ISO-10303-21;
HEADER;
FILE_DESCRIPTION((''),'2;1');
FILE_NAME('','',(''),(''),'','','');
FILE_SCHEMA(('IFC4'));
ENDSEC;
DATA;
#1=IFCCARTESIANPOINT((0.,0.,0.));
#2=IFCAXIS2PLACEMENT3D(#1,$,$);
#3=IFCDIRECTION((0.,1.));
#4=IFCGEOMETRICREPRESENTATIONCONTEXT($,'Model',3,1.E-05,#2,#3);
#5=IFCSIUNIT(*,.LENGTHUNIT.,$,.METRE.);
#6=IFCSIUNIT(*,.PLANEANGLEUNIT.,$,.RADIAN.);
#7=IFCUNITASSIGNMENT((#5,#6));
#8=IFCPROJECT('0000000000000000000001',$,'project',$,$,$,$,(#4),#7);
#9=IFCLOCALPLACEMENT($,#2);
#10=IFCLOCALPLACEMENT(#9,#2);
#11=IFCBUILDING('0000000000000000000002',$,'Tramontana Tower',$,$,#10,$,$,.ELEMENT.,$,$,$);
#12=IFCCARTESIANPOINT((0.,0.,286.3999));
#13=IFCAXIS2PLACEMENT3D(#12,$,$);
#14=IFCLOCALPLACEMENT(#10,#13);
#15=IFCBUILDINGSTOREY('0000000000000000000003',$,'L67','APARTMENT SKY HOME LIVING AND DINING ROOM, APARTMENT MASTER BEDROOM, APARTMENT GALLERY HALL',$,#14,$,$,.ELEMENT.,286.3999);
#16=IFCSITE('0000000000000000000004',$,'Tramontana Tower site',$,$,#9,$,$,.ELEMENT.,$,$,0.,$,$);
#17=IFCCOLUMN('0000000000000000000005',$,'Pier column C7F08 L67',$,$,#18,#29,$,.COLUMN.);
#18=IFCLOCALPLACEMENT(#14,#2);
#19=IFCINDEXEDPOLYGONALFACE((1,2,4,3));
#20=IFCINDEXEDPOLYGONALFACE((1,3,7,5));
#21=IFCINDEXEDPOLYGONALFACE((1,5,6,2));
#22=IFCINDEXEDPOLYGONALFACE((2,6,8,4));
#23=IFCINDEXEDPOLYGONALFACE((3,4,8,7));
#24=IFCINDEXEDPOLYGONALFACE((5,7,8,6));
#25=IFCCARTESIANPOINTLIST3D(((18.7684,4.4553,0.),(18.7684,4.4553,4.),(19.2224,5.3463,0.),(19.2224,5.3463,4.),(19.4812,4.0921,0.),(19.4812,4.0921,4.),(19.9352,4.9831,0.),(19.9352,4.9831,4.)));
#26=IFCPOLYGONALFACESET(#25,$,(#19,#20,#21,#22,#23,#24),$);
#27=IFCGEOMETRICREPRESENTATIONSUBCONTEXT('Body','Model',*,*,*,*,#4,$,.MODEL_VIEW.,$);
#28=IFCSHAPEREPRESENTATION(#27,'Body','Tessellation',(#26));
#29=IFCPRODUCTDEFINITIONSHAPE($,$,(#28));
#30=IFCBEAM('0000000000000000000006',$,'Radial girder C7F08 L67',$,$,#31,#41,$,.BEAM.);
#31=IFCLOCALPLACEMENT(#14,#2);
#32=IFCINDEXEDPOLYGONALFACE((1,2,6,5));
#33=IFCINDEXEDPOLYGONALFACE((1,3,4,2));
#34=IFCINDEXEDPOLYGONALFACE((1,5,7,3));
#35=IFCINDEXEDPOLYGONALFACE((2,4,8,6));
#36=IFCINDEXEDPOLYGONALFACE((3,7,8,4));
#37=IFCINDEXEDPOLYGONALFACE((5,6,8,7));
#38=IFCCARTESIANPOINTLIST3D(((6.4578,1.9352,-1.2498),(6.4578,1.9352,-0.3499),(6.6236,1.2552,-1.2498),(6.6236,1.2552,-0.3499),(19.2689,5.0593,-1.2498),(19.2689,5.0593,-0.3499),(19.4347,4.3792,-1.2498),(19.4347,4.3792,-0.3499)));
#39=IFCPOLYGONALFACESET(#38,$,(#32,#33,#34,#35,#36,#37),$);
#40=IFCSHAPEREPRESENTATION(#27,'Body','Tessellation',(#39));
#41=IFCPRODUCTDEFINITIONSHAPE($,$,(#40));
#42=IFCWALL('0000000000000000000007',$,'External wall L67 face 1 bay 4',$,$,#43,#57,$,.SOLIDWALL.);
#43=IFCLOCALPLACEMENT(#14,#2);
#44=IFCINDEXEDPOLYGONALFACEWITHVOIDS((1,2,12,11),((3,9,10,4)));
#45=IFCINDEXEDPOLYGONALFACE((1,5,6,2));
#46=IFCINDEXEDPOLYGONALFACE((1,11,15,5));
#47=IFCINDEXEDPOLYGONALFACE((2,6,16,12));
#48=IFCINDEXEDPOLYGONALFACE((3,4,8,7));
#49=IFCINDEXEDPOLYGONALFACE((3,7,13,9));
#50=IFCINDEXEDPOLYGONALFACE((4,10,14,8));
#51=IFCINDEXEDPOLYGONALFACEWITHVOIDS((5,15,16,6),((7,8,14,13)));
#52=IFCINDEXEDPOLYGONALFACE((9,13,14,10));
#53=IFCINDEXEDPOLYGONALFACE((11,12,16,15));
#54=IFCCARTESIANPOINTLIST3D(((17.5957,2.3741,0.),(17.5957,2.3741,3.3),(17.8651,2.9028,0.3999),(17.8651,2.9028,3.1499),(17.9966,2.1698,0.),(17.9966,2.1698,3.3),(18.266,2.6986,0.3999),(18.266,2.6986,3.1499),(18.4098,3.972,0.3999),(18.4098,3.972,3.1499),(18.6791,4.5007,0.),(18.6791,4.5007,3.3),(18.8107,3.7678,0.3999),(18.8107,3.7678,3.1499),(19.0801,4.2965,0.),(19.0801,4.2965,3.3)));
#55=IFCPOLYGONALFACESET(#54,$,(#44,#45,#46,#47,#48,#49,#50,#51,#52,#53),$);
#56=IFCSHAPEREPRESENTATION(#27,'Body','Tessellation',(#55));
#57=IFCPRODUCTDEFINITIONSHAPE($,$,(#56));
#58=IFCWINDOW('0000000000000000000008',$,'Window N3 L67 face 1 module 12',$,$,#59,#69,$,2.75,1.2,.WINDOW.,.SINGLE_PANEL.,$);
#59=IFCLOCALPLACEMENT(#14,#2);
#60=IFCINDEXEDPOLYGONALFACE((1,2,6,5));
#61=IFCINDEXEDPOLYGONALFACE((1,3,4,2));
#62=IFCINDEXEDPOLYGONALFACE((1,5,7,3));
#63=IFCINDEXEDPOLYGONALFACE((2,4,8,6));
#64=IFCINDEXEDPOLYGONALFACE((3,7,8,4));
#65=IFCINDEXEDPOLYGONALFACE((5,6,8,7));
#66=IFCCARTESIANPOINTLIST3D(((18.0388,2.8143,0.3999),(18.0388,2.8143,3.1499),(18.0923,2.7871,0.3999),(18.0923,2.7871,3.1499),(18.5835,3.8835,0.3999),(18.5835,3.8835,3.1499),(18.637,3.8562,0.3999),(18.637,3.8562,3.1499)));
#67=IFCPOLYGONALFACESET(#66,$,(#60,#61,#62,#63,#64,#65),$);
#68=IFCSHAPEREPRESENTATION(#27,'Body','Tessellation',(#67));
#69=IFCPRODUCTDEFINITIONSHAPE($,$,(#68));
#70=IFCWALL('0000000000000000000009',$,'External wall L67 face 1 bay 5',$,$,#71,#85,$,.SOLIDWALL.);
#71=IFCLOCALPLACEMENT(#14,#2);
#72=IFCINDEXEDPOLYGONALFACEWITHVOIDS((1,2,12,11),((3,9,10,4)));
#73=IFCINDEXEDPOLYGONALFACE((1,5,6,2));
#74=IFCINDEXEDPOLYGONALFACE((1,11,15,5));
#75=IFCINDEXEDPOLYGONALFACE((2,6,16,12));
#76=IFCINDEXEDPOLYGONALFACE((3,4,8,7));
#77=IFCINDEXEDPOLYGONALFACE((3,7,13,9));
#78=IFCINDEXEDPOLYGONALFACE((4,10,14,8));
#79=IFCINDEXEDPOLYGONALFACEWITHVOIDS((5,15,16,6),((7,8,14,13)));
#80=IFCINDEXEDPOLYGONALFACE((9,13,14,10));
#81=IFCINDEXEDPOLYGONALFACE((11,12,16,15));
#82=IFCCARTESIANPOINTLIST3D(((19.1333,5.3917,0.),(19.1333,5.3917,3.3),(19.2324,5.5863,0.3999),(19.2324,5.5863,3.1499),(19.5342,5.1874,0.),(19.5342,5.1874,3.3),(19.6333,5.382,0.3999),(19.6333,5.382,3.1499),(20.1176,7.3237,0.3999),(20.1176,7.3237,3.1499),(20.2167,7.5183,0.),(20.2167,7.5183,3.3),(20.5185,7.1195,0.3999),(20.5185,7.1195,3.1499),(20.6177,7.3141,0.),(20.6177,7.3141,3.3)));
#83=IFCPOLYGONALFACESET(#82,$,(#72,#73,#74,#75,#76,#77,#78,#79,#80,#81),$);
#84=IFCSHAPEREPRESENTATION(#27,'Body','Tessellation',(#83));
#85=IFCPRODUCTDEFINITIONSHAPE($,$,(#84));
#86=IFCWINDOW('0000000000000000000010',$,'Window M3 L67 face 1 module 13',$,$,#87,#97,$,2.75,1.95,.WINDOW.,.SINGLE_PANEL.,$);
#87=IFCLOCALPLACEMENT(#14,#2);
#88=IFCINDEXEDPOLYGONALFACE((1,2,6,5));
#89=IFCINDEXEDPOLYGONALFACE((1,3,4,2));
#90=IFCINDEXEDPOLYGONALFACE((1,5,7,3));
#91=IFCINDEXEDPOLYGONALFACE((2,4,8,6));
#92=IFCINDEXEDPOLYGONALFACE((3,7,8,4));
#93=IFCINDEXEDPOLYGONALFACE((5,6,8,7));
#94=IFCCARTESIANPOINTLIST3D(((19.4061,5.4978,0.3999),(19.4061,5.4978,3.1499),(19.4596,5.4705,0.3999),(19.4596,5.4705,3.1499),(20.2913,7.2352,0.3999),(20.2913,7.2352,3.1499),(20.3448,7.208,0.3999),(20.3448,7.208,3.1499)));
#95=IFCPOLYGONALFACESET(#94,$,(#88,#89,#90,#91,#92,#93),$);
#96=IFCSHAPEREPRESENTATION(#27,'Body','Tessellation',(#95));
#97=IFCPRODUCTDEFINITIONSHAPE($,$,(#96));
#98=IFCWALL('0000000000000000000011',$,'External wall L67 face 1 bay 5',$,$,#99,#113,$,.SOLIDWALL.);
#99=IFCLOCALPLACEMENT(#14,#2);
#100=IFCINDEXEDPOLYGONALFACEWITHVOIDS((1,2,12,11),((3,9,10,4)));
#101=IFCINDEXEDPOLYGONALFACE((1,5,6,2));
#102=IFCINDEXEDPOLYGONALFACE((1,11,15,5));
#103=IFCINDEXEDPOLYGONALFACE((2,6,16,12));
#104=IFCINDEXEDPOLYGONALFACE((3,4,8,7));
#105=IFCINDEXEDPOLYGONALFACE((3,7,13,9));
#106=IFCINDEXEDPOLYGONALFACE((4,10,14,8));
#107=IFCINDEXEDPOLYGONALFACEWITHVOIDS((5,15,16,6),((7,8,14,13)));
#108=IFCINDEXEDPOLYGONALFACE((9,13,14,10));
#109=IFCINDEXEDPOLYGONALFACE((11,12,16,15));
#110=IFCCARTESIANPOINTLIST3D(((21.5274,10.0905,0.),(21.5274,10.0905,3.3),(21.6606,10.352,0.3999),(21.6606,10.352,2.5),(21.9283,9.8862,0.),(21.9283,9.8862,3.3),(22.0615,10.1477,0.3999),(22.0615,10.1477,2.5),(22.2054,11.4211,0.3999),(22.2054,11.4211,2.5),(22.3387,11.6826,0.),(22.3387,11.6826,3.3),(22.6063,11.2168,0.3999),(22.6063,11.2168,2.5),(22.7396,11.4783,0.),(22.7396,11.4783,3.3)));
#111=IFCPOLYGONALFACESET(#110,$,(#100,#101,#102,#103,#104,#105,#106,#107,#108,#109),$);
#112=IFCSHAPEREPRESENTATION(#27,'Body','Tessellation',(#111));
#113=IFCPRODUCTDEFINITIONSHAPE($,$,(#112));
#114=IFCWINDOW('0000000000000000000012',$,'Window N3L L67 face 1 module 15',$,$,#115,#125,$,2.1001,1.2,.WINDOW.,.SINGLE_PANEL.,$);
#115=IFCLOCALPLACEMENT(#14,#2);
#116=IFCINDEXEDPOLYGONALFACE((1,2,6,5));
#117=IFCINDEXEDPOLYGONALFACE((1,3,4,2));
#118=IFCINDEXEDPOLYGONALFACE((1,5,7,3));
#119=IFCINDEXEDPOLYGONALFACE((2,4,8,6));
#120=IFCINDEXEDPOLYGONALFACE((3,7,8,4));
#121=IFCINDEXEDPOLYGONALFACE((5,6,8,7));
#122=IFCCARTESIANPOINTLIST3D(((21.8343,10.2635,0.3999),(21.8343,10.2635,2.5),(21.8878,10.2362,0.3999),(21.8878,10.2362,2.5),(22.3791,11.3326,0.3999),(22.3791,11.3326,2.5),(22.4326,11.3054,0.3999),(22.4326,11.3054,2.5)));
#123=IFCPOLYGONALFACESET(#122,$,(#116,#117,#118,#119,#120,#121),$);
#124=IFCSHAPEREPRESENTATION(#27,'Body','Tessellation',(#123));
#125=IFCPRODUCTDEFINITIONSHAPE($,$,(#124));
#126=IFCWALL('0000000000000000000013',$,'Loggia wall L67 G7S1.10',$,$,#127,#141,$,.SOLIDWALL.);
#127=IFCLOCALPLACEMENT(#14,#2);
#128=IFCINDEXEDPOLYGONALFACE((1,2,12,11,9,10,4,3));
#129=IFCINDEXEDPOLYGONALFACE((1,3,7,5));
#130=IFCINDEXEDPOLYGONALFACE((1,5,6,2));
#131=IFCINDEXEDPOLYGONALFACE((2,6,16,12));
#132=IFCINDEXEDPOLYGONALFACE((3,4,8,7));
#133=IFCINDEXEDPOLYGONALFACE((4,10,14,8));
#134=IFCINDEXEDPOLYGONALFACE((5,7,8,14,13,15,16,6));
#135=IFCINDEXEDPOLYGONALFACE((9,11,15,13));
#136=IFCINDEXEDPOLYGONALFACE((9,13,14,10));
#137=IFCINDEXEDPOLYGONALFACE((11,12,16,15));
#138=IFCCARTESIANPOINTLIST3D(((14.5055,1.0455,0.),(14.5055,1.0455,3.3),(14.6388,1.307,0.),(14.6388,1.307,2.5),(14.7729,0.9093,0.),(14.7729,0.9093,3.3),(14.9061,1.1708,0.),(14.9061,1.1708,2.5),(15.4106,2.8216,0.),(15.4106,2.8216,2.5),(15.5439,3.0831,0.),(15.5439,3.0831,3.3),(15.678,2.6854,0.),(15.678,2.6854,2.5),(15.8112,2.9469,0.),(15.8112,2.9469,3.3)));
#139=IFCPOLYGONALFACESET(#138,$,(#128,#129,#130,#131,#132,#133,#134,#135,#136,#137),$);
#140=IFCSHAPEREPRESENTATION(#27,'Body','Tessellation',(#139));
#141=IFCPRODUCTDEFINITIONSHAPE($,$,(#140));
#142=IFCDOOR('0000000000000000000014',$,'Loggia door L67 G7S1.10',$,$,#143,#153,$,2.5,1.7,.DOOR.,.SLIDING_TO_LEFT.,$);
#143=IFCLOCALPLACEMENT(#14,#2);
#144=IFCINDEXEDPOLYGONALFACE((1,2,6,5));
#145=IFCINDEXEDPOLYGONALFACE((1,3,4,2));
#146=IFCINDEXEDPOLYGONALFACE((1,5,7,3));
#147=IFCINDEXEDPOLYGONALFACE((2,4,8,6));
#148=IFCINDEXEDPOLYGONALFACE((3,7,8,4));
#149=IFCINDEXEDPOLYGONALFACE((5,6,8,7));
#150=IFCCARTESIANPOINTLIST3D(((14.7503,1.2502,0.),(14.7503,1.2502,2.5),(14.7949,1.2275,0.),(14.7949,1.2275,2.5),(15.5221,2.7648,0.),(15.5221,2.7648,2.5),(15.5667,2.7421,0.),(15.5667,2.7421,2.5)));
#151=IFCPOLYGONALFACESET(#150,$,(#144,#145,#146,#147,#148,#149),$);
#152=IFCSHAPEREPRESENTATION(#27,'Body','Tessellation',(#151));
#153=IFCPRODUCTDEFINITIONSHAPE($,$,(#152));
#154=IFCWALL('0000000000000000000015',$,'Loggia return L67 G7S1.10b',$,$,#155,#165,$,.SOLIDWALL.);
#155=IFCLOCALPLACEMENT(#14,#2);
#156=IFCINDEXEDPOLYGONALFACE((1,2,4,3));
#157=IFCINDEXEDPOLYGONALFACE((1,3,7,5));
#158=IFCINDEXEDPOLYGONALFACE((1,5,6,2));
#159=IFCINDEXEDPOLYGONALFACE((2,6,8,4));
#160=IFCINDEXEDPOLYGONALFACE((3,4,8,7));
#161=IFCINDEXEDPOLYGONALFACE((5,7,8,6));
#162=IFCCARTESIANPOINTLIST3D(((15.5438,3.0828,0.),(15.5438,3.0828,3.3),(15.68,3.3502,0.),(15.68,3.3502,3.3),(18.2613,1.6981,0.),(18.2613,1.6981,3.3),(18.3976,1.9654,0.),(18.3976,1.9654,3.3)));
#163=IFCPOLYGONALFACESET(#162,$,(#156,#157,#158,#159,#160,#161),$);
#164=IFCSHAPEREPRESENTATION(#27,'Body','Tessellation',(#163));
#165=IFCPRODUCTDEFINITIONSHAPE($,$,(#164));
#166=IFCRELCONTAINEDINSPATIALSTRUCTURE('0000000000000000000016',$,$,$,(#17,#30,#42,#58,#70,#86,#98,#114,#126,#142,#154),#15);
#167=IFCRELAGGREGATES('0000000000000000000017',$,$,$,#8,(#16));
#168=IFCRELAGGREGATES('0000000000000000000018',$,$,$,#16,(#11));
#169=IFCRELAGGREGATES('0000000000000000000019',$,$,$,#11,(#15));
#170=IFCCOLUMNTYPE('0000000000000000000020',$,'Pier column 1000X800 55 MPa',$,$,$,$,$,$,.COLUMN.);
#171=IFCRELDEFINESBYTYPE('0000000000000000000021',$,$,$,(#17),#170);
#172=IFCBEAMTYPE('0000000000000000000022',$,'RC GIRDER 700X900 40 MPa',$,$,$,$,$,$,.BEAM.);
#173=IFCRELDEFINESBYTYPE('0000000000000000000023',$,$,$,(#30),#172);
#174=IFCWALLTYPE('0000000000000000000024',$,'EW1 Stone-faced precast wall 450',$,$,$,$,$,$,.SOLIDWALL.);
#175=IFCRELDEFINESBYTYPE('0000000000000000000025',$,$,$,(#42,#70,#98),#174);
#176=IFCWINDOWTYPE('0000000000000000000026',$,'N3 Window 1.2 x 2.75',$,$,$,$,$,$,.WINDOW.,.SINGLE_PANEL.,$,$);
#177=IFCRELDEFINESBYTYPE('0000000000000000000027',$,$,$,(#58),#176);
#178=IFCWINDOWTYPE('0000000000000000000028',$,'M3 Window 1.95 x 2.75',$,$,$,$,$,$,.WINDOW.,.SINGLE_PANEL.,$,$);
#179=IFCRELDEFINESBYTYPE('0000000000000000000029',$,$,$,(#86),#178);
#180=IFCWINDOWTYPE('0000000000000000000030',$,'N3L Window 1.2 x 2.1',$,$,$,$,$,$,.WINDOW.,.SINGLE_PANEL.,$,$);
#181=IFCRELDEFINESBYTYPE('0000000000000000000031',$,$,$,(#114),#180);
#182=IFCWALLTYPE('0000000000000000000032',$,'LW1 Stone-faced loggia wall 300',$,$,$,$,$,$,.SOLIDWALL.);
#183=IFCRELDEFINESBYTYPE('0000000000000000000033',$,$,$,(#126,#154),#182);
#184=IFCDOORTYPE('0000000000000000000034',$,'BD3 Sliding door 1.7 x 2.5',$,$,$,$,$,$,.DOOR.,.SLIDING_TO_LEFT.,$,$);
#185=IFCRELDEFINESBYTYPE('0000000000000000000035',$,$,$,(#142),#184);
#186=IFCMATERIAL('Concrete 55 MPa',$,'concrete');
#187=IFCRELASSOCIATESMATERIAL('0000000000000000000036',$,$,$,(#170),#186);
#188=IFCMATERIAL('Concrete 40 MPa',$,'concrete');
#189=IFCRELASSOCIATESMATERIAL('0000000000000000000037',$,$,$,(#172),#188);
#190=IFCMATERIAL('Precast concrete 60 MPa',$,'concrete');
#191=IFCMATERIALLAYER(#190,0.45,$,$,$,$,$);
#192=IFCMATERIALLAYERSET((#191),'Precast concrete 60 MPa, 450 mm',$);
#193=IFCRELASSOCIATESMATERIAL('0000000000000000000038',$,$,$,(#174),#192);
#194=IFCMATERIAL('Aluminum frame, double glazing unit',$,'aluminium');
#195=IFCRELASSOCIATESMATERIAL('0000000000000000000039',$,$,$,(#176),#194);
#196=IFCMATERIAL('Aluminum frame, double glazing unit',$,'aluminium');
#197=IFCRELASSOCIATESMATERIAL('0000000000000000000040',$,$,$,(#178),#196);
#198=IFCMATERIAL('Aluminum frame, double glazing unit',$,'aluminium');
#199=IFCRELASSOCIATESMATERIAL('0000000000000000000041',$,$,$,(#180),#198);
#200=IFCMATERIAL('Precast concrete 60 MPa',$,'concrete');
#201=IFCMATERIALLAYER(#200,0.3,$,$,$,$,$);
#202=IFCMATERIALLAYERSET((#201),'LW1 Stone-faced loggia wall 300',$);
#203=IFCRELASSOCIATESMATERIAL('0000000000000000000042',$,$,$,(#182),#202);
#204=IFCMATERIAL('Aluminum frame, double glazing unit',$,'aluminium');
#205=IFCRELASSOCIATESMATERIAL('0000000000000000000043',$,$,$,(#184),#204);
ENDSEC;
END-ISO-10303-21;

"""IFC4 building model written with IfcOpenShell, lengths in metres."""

from ifc_helpers import new_model, si_unit, direction, frame, frame_2d, origin, origin_2d, place, context, subcontext, project, spatial, rectangle, extrude, material, layer, layer_set, material_profile, profile_set, type_object, element, fill, save


model = new_model("IFC4")

# Units and contexts
model_context = context("Model", 3, precision=1e-05, world=origin(), true_north=direction((0.0, 1.0)))
body_context = subcontext(model_context, "Body", "Model", "MODEL_VIEW")
ifc_project = project(units=[si_unit("LENGTHUNIT", "METRE"), si_unit("PLANEANGLEUNIT", "RADIAN")], contexts=[model_context])

# Site, building, storey
site_placement = place(None, origin())
site = spatial("IfcSite", under=ifc_project, at=site_placement, Name="Tramontana Tower site", CompositionType="ELEMENT", RefElevation=0.0)
building_placement = place(site_placement, origin())
building = spatial("IfcBuilding", under=site, at=building_placement, Name="Tramontana Tower", CompositionType="ELEMENT")
storey_placement = place(building_placement, frame((0.0, 0.0, 286.3999)))
storey = spatial("IfcBuildingStorey", under=building, at=storey_placement, Name="L67", Description="APARTMENT SKY HOME LIVING AND DINING ROOM, APARTMENT MASTER BEDROOM, APARTMENT GALLERY HALL", CompositionType="ELEMENT", Elevation=286.3999)

# Column
ifc_material_1 = material(Name="Concrete 55 MPa", Category="concrete")
ifc_material_profile_1 = material_profile(ifc_material_1, rectangle(XDim=1.0, YDim=0.8, at=origin_2d()), Name="Pier column 1000X800 55 MPa")
ifc_profile_set_1 = profile_set([ifc_material_profile_1], Name="Concrete 55 MPa")
column_type = type_object("IfcColumnType", Name="Pier column 1000X800 55 MPa", PredefinedType="COLUMN", material=ifc_profile_set_1)
column_placement = place(storey_placement, frame((19.3518, 4.7192, 0.0), z_axis=(0.0, 0.0, 1.0), x_axis=(0.45399, 0.891007, 0.0)))
element("IfcColumn", 1, at=column_placement, inside=storey, type_object=column_type, Name="Pier column C7F08 L67", PredefinedType="COLUMN", context=body_context, shape_type="SweptSolid", body=[
    extrude(rectangle(XDim=1.0, YDim=0.8, at=origin_2d()), origin(), (0.0, 0.0, 1.0), 4.0),
])

# Beam
ifc_material_2 = material(Name="Concrete 40 MPa", Category="concrete")
ifc_material_profile_2 = material_profile(ifc_material_2, rectangle(XDim=0.7, YDim=0.8999, at=origin_2d()), Name="RC GIRDER 700X900 40 MPa")
ifc_profile_set_2 = profile_set([ifc_material_profile_2], Name="Concrete 40 MPa")
beam_type = type_object("IfcBeamType", Name="RC GIRDER 700X900 40 MPa", PredefinedType="BEAM", material=ifc_profile_set_2)
beam_placement = place(storey_placement, frame((19.3518, 4.7192, -0.7998), z_axis=(-0.971531, -0.236912, 0.0), x_axis=(0.236912, -0.971531, 0.0)))
element("IfcBeam", 2, at=beam_placement, inside=storey, type_object=beam_type, Name="Radial girder C7F08 L67", PredefinedType="BEAM", context=body_context, shape_type="SweptSolid", body=[
    extrude(rectangle(XDim=0.7, YDim=0.8999, at=origin_2d()), origin(), (0.0, 0.0, 1.0), 13.1865),
])

# Walls, openings, windows
ifc_material_3 = material(Name="Precast concrete 60 MPa", Category="concrete")
ifc_layer_1 = layer(ifc_material_3, 0.45)
ifc_layer_set_1 = layer_set([ifc_layer_1], Name="Precast concrete 60 MPa, 450 mm")
wall_type_1 = type_object("IfcWallType", Name="EW1 Stone-faced precast wall 450", PredefinedType="SOLIDWALL", material=ifc_layer_set_1)
wall_1_placement = place(storey_placement, frame((17.7961, 2.272, 0.0), z_axis=(0.0, 0.0, 1.0), x_axis=(0.453952, 0.891026, 0.0)))
wall_1 = element("IfcWall", 3, at=wall_1_placement, inside=storey, type_object=wall_type_1, Name="External wall L67 face 1 bay 4", PredefinedType="SOLIDWALL", context=body_context, shape_type="SweptSolid", body=[
    extrude(rectangle(XDim=2.3867, YDim=0.45, at=frame_2d((1.1934, 0.0))), origin(), (0.0, 0.0, 1.0), 3.3),
])
opening_1_placement = place(wall_1_placement, frame((0.5933, 0.0, 0.3999)))
opening_1 = element("IfcOpeningElement", 4, at=opening_1_placement, cuts=wall_1, PredefinedType="OPENING", context=body_context, shape_type="SweptSolid", body=[
    extrude(rectangle(XDim=1.2, YDim=2.75, at=frame_2d((0.6001, 1.375))), frame((0.0, 0.2349, 0.0), z_axis=(0.0, -1.0, 0.0), x_axis=(1.0, 0.0, 0.0)), (0.0, 0.0, 1.0), 0.47),
])
ifc_material_4 = material(Name="Aluminum frame, double glazing unit", Category="aluminium")
window_type_1 = type_object("IfcWindowType", Name="N3 Window 1.2 x 2.75", PartitioningType="SINGLE_PANEL", PredefinedType="WINDOW", material=ifc_material_4)
window_1_placement = place(opening_1_placement, origin())
window_1 = element("IfcWindow", 5, at=window_1_placement, inside=storey, type_object=window_type_1, Name="Window N3 L67 face 1 module 12", OverallHeight=2.75, OverallWidth=1.2, PartitioningType="SINGLE_PANEL", PredefinedType="WINDOW", context=body_context, shape_type="SweptSolid", body=[
    extrude(rectangle(XDim=1.2, YDim=2.75, at=frame_2d((0.6001, 1.375))), frame((0.0, 0.03, 0.0), z_axis=(0.0, -1.0, 0.0), x_axis=(1.0, 0.0, 0.0)), (0.0, 0.0, 1.0), 0.0601),
])
fill(opening_1, window_1)
wall_2_placement = place(storey_placement, frame((19.3337, 5.2896, 0.0), z_axis=(0.0, 0.0, 1.0), x_axis=(0.453952, 0.891026, 0.0)))
wall_2 = element("IfcWall", 6, at=wall_2_placement, inside=storey, type_object=wall_type_1, Name="External wall L67 face 1 bay 5", PredefinedType="SOLIDWALL", context=body_context, shape_type="SweptSolid", body=[
    extrude(rectangle(XDim=2.3867, YDim=0.45, at=frame_2d((1.1934, 0.0))), origin(), (0.0, 0.0, 1.0), 3.3),
])
opening_2_placement = place(wall_2_placement, frame((0.2183, 0.0, 0.3999)))
opening_2 = element("IfcOpeningElement", 7, at=opening_2_placement, cuts=wall_2, PredefinedType="OPENING", context=body_context, shape_type="SweptSolid", body=[
    extrude(rectangle(XDim=1.95, YDim=2.75, at=frame_2d((0.9751, 1.375))), frame((0.0, 0.2349, 0.0), z_axis=(0.0, -1.0, 0.0), x_axis=(1.0, 0.0, 0.0)), (0.0, 0.0, 1.0), 0.47),
])
ifc_material_5 = material(Name="Aluminum frame, double glazing unit", Category="aluminium")
window_type_2 = type_object("IfcWindowType", Name="M3 Window 1.95 x 2.75", PartitioningType="SINGLE_PANEL", PredefinedType="WINDOW", material=ifc_material_5)
window_2_placement = place(opening_2_placement, origin())
window_2 = element("IfcWindow", 8, at=window_2_placement, inside=storey, type_object=window_type_2, Name="Window M3 L67 face 1 module 13", OverallHeight=2.75, OverallWidth=1.95, PartitioningType="SINGLE_PANEL", PredefinedType="WINDOW", context=body_context, shape_type="SweptSolid", body=[
    extrude(rectangle(XDim=1.95, YDim=2.75, at=frame_2d((0.9751, 1.375))), frame((0.0, 0.03, 0.0), z_axis=(0.0, -1.0, 0.0), x_axis=(1.0, 0.0, 0.0)), (0.0, 0.0, 1.0), 0.0601),
])
fill(opening_2, window_2)
wall_3_placement = place(storey_placement, frame((21.7278, 9.9883, 0.0), z_axis=(0.0, 0.0, 1.0), x_axis=(0.454032, 0.890985, 0.0)))
wall_3 = element("IfcWall", 9, at=wall_3_placement, inside=storey, type_object=wall_type_1, Name="External wall L67 face 1 bay 5", PredefinedType="SOLIDWALL", context=body_context, shape_type="SweptSolid", body=[
    extrude(rectangle(XDim=1.7869, YDim=0.45, at=frame_2d((0.8936, 0.0))), origin(), (0.0, 0.0, 1.0), 3.3),
])
opening_3_placement = place(wall_3_placement, frame((0.2935, 0.0, 0.3999)))
opening_3 = element("IfcOpeningElement", 10, at=opening_3_placement, cuts=wall_3, PredefinedType="OPENING", context=body_context, shape_type="SweptSolid", body=[
    extrude(rectangle(XDim=1.2, YDim=2.1001, at=frame_2d((0.6001, 1.05))), frame((0.0, 0.2349, 0.0), z_axis=(0.0, -1.0, 0.0), x_axis=(1.0, 0.0, 0.0)), (0.0, 0.0, 1.0), 0.47),
])
ifc_material_6 = material(Name="Aluminum frame, double glazing unit", Category="aluminium")
window_type_3 = type_object("IfcWindowType", Name="N3L Window 1.2 x 2.1", PartitioningType="SINGLE_PANEL", PredefinedType="WINDOW", material=ifc_material_6)
window_3_placement = place(opening_3_placement, origin())
window_3 = element("IfcWindow", 11, at=window_3_placement, inside=storey, type_object=window_type_3, Name="Window N3L L67 face 1 module 15", OverallHeight=2.1001, OverallWidth=1.2, PartitioningType="SINGLE_PANEL", PredefinedType="WINDOW", context=body_context, shape_type="SweptSolid", body=[
    extrude(rectangle(XDim=1.2, YDim=2.1001, at=frame_2d((0.6001, 1.05))), frame((0.0, 0.03, 0.0), z_axis=(0.0, -1.0, 0.0), x_axis=(1.0, 0.0, 0.0)), (0.0, 0.0, 1.0), 0.0601),
])
fill(opening_3, window_3)

# Wall, opening, door
ifc_material_7 = material(Name="Precast concrete 60 MPa", Category="concrete")
ifc_layer_2 = layer(ifc_material_7, 0.3)
ifc_layer_set_2 = layer_set([ifc_layer_2], Name="LW1 Stone-faced loggia wall 300")
wall_type_2 = type_object("IfcWallType", Name="LW1 Stone-faced loggia wall 300", PredefinedType="SOLIDWALL", material=ifc_layer_set_2)
wall_4_placement = place(storey_placement, frame((14.6392, 0.9773, 0.0), z_axis=(0.0, 0.0, 1.0), x_axis=(0.454033, 0.890985, 0.0)))
wall_4 = element("IfcWall", 12, at=wall_4_placement, inside=storey, type_object=wall_type_2, Name="Loggia wall L67 G7S1.10", PredefinedType="SOLIDWALL", context=body_context, shape_type="SweptSolid", body=[
    extrude(rectangle(XDim=2.2869, YDim=0.3, at=frame_2d((1.1436, 0.0))), origin(), (0.0, 0.0, 1.0), 3.3),
])
opening_4_placement = place(wall_4_placement, frame((0.2935, 0.0, 0.0)))
opening_4 = element("IfcOpeningElement", 13, at=opening_4_placement, cuts=wall_4, PredefinedType="OPENING", context=body_context, shape_type="SweptSolid", body=[
    extrude(rectangle(XDim=1.7, YDim=2.5, at=frame_2d((0.8501, 1.25))), frame((0.0, 0.1599, 0.0), z_axis=(0.0, -1.0, 0.0), x_axis=(1.0, 0.0, 0.0)), (0.0, 0.0, 1.0), 0.3201),
])
ifc_material_8 = material(Name="Aluminum frame, double glazing unit", Category="aluminium")
door_type_1 = type_object("IfcDoorType", Name="BD3 Sliding door 1.7 x 2.5", OperationType="SLIDING_TO_LEFT", PredefinedType="DOOR", material=ifc_material_8)
door_1_placement = place(opening_4_placement, origin())
door_1 = element("IfcDoor", 14, at=door_1_placement, inside=storey, type_object=door_type_1, Name="Loggia door L67 G7S1.10", OperationType="SLIDING_TO_LEFT", OverallHeight=2.5, OverallWidth=1.7, PredefinedType="DOOR", context=body_context, shape_type="SweptSolid", body=[
    extrude(rectangle(XDim=1.7, YDim=2.5, at=frame_2d((0.8501, 1.25))), frame((0.0, 0.0249, 0.0), z_axis=(0.0, -1.0, 0.0), x_axis=(1.0, 0.0, 0.0)), (0.0, 0.0, 1.0), 0.05),
])
fill(opening_4, door_1)

# Wall
wall_5_placement = place(storey_placement, frame((18.3293, 1.8318, 0.0), z_axis=(0.0, 0.0, 1.0), x_axis=(-0.890991, 0.454021, 0.0)))
element("IfcWall", 15, at=wall_5_placement, inside=storey, type_object=wall_type_2, Name="Loggia return L67 G7S1.10b", PredefinedType="SOLIDWALL", context=body_context, shape_type="SweptSolid", body=[
    extrude(rectangle(XDim=3.05, YDim=0.3, at=frame_2d((1.5249, 0.0))), origin(), (0.0, 0.0, 1.0), 3.3),
])

save(model, "model.ifc")
